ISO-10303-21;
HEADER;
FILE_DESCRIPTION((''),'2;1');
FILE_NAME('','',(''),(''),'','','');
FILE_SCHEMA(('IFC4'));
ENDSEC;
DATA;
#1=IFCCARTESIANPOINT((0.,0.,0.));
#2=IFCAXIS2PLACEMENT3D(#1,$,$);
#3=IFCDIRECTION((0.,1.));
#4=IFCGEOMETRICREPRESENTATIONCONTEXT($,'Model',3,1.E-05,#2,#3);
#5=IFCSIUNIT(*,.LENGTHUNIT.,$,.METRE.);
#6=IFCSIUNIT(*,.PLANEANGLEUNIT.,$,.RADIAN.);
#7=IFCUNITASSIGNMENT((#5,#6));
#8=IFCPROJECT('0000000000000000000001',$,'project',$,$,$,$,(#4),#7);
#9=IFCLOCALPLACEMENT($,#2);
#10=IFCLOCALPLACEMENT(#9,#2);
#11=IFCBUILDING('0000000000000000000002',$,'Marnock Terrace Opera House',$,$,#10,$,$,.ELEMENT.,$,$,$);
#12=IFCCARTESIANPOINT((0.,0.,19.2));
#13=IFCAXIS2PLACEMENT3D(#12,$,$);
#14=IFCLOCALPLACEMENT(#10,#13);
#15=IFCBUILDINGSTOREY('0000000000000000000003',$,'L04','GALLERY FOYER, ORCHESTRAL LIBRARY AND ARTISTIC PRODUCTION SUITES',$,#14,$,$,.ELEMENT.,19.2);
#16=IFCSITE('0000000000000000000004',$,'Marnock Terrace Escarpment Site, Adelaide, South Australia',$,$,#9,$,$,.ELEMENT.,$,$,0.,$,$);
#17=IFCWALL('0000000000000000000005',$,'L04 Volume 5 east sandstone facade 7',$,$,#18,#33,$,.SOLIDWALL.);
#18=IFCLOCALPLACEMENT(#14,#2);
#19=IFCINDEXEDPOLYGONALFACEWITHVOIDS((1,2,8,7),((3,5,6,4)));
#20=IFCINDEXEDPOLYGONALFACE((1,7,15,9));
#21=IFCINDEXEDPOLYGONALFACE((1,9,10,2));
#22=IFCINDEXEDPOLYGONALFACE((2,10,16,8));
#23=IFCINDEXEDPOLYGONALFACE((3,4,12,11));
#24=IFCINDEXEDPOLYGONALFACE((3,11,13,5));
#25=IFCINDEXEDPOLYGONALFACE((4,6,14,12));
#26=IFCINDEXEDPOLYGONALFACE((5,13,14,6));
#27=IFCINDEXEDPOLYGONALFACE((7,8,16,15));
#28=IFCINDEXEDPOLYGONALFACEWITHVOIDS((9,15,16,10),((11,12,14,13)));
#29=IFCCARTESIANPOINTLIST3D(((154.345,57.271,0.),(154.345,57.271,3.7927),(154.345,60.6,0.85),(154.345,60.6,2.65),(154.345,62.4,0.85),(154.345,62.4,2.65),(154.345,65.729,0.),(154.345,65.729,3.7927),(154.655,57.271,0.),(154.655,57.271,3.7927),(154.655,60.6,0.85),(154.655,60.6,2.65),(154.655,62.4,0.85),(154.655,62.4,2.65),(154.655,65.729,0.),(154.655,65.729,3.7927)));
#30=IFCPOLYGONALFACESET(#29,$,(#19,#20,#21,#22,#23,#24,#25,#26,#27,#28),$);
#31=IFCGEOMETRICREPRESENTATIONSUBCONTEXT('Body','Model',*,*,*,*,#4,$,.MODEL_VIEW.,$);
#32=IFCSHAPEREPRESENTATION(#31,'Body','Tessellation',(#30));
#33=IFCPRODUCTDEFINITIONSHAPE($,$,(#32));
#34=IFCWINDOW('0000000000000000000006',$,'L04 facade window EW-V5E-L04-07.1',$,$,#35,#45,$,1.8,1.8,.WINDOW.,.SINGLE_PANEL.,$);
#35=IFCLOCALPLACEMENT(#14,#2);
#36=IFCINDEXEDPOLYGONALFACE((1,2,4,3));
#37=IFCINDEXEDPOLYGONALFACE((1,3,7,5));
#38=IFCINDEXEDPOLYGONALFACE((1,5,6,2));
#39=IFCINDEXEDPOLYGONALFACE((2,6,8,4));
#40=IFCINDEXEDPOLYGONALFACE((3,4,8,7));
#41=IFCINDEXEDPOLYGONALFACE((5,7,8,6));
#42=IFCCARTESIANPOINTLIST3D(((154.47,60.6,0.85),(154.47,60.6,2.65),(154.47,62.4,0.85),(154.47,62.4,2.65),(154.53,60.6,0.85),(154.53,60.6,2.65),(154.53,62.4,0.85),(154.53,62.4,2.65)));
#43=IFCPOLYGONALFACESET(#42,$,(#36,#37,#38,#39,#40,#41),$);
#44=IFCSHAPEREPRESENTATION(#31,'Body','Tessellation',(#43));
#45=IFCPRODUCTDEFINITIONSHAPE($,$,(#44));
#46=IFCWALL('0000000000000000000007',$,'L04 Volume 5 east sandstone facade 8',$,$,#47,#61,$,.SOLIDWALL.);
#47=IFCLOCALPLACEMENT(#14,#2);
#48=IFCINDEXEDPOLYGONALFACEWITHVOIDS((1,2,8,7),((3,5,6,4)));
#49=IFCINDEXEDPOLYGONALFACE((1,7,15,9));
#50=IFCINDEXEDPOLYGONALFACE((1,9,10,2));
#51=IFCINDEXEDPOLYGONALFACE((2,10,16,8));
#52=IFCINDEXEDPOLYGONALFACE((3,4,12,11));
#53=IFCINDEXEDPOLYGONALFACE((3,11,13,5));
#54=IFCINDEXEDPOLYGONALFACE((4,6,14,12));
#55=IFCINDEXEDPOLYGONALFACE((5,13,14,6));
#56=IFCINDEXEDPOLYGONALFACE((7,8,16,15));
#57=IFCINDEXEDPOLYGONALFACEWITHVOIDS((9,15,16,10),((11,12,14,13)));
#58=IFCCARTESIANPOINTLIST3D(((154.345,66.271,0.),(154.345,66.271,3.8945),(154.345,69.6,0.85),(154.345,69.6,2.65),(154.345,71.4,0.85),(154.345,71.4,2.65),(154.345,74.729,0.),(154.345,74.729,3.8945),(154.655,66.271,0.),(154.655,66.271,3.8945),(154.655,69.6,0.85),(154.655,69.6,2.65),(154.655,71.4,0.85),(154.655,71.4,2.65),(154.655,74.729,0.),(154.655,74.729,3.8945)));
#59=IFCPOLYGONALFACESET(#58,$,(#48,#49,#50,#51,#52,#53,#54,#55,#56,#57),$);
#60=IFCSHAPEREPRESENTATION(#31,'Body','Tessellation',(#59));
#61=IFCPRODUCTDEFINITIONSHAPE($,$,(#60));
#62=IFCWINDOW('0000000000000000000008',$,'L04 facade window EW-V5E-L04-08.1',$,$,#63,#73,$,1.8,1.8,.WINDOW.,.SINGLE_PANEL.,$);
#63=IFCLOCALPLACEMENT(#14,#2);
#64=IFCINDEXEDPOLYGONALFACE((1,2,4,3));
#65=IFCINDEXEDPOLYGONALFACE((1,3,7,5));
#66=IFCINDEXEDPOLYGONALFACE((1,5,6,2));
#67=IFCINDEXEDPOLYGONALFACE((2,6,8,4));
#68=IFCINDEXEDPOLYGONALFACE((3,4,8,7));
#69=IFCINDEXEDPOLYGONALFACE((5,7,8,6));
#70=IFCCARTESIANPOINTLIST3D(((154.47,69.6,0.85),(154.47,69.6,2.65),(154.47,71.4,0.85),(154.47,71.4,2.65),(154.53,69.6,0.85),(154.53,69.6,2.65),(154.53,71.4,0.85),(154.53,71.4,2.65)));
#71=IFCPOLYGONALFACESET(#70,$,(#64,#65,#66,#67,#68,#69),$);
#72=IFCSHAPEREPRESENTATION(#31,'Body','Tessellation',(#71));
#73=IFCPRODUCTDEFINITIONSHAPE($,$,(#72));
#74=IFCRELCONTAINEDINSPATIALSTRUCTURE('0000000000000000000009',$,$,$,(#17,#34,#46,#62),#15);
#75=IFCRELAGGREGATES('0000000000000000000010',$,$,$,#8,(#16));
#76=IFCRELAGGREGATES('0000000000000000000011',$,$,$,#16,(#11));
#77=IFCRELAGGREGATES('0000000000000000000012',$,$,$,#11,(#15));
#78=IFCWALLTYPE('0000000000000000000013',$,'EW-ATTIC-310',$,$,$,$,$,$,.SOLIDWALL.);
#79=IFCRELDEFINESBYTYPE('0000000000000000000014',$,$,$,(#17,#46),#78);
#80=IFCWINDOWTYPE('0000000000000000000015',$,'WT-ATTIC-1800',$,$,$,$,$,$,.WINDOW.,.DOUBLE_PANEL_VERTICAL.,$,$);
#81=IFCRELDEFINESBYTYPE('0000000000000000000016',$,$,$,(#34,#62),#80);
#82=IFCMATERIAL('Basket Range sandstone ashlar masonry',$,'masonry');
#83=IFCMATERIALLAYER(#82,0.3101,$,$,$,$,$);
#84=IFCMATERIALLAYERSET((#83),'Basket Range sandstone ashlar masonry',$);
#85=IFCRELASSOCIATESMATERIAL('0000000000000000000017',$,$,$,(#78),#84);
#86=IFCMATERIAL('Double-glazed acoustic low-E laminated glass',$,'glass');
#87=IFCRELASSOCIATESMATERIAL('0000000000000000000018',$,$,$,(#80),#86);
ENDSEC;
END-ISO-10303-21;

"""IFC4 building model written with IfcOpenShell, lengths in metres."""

from ifc_helpers import new_model, si_unit, direction, frame, frame_2d, origin, place, context, subcontext, project, spatial, rectangle, extrude, material, layer, layer_set, type_object, element, fill, save


model = new_model("IFC4")

# Units and contexts
model_context = context("Model", 3, precision=1e-05, world=origin(), true_north=direction((0.0, 1.0)))
body_context = subcontext(model_context, "Body", "Model", "MODEL_VIEW")
ifc_project = project(units=[si_unit("LENGTHUNIT", "METRE"), si_unit("PLANEANGLEUNIT", "RADIAN")], contexts=[model_context])

# Site, building, storey
site_placement = place(None, origin())
site = spatial("IfcSite", under=ifc_project, at=site_placement, Name="Marnock Terrace Escarpment Site, Adelaide, South Australia", CompositionType="ELEMENT", RefElevation=0.0)
building_placement = place(site_placement, origin())
building = spatial("IfcBuilding", under=site, at=building_placement, Name="Marnock Terrace Opera House", CompositionType="ELEMENT")
storey_placement = place(building_placement, frame((0.0, 0.0, 19.2)))
storey = spatial("IfcBuildingStorey", under=building, at=storey_placement, Name="L04", Description="GALLERY FOYER, ORCHESTRAL LIBRARY AND ARTISTIC PRODUCTION SUITES", CompositionType="ELEMENT", Elevation=19.2)

# Walls, openings, windows
ifc_material_1 = material(Name="Basket Range sandstone ashlar masonry", Category="masonry")
ifc_layer = layer(ifc_material_1, 0.3101)
ifc_layer_set = layer_set([ifc_layer], Name="Basket Range sandstone ashlar masonry")
wall_type = type_object("IfcWallType", Name="EW-ATTIC-310", PredefinedType="SOLIDWALL", material=ifc_layer_set)
ifc_material_2 = material(Name="Double-glazed acoustic low-E laminated glass", Category="glass")
window_type = type_object("IfcWindowType", Name="WT-ATTIC-1800", PartitioningType="DOUBLE_PANEL_VERTICAL", PredefinedType="WINDOW", material=ifc_material_2)
wall_1_placement = place(storey_placement, frame((154.5, 57.271, 0.0), z_axis=(0.0, 0.0, 1.0), x_axis=(0.0, 1.0, 0.0)))
wall_1 = element("IfcWall", 1, at=wall_1_placement, inside=storey, type_object=wall_type, Name="L04 Volume 5 east sandstone facade 7", PredefinedType="SOLIDWALL", context=body_context, shape_type="SweptSolid", body=[
    extrude(rectangle(XDim=8.458, YDim=0.3101, at=frame_2d((4.229, 0.0))), origin(), (0.0, 0.0, 1.0), 3.7927),
])
opening_1_placement = place(wall_1_placement, frame((3.3291, 0.0, 0.8501)))
opening_1 = element("IfcOpeningElement", 2, at=opening_1_placement, cuts=wall_1, PredefinedType="OPENING", context=body_context, shape_type="SweptSolid", body=[
    extrude(rectangle(XDim=1.8, YDim=1.8, at=frame_2d((0.8999, 0.8999))), frame((0.0, 0.165, 0.0), z_axis=(0.0, -1.0, 0.0), x_axis=(1.0, 0.0, 0.0)), (0.0, 0.0, 1.0), 0.3301),
])
window_1_placement = place(opening_1_placement, origin())
window_1 = element("IfcWindow", 3, at=window_1_placement, inside=storey, type_object=window_type, Name="L04 facade window EW-V5E-L04-07.1", OverallHeight=1.8, OverallWidth=1.8, PartitioningType="SINGLE_PANEL", PredefinedType="WINDOW", context=body_context, shape_type="SweptSolid", body=[
    extrude(rectangle(XDim=1.8, YDim=1.8, at=frame_2d((0.8999, 0.8999))), frame((0.0, 0.03, 0.0), z_axis=(0.0, -1.0, 0.0), x_axis=(1.0, 0.0, 0.0)), (0.0, 0.0, 1.0), 0.0601),
])
fill(opening_1, window_1)
wall_2_placement = place(storey_placement, frame((154.5, 66.271, 0.0), z_axis=(0.0, 0.0, 1.0), x_axis=(0.0, 1.0, 0.0)))
wall_2 = element("IfcWall", 4, at=wall_2_placement, inside=storey, type_object=wall_type, Name="L04 Volume 5 east sandstone facade 8", PredefinedType="SOLIDWALL", context=body_context, shape_type="SweptSolid", body=[
    extrude(rectangle(XDim=8.458, YDim=0.3101, at=frame_2d((4.229, 0.0))), origin(), (0.0, 0.0, 1.0), 3.8945),
])
opening_2_placement = place(wall_2_placement, frame((3.3291, 0.0, 0.8501)))
opening_2 = element("IfcOpeningElement", 5, at=opening_2_placement, cuts=wall_2, PredefinedType="OPENING", context=body_context, shape_type="SweptSolid", body=[
    extrude(rectangle(XDim=1.8, YDim=1.8, at=frame_2d((0.8999, 0.8999))), frame((0.0, 0.165, 0.0), z_axis=(0.0, -1.0, 0.0), x_axis=(1.0, 0.0, 0.0)), (0.0, 0.0, 1.0), 0.3301),
])
window_2_placement = place(opening_2_placement, origin())
window_2 = element("IfcWindow", 6, at=window_2_placement, inside=storey, type_object=window_type, Name="L04 facade window EW-V5E-L04-08.1", OverallHeight=1.8, OverallWidth=1.8, PartitioningType="SINGLE_PANEL", PredefinedType="WINDOW", context=body_context, shape_type="SweptSolid", body=[
    extrude(rectangle(XDim=1.8, YDim=1.8, at=frame_2d((0.8999, 0.8999))), frame((0.0, 0.03, 0.0), z_axis=(0.0, -1.0, 0.0), x_axis=(1.0, 0.0, 0.0)), (0.0, 0.0, 1.0), 0.0601),
])
fill(opening_2, window_2)

save(model, "model.ifc")
